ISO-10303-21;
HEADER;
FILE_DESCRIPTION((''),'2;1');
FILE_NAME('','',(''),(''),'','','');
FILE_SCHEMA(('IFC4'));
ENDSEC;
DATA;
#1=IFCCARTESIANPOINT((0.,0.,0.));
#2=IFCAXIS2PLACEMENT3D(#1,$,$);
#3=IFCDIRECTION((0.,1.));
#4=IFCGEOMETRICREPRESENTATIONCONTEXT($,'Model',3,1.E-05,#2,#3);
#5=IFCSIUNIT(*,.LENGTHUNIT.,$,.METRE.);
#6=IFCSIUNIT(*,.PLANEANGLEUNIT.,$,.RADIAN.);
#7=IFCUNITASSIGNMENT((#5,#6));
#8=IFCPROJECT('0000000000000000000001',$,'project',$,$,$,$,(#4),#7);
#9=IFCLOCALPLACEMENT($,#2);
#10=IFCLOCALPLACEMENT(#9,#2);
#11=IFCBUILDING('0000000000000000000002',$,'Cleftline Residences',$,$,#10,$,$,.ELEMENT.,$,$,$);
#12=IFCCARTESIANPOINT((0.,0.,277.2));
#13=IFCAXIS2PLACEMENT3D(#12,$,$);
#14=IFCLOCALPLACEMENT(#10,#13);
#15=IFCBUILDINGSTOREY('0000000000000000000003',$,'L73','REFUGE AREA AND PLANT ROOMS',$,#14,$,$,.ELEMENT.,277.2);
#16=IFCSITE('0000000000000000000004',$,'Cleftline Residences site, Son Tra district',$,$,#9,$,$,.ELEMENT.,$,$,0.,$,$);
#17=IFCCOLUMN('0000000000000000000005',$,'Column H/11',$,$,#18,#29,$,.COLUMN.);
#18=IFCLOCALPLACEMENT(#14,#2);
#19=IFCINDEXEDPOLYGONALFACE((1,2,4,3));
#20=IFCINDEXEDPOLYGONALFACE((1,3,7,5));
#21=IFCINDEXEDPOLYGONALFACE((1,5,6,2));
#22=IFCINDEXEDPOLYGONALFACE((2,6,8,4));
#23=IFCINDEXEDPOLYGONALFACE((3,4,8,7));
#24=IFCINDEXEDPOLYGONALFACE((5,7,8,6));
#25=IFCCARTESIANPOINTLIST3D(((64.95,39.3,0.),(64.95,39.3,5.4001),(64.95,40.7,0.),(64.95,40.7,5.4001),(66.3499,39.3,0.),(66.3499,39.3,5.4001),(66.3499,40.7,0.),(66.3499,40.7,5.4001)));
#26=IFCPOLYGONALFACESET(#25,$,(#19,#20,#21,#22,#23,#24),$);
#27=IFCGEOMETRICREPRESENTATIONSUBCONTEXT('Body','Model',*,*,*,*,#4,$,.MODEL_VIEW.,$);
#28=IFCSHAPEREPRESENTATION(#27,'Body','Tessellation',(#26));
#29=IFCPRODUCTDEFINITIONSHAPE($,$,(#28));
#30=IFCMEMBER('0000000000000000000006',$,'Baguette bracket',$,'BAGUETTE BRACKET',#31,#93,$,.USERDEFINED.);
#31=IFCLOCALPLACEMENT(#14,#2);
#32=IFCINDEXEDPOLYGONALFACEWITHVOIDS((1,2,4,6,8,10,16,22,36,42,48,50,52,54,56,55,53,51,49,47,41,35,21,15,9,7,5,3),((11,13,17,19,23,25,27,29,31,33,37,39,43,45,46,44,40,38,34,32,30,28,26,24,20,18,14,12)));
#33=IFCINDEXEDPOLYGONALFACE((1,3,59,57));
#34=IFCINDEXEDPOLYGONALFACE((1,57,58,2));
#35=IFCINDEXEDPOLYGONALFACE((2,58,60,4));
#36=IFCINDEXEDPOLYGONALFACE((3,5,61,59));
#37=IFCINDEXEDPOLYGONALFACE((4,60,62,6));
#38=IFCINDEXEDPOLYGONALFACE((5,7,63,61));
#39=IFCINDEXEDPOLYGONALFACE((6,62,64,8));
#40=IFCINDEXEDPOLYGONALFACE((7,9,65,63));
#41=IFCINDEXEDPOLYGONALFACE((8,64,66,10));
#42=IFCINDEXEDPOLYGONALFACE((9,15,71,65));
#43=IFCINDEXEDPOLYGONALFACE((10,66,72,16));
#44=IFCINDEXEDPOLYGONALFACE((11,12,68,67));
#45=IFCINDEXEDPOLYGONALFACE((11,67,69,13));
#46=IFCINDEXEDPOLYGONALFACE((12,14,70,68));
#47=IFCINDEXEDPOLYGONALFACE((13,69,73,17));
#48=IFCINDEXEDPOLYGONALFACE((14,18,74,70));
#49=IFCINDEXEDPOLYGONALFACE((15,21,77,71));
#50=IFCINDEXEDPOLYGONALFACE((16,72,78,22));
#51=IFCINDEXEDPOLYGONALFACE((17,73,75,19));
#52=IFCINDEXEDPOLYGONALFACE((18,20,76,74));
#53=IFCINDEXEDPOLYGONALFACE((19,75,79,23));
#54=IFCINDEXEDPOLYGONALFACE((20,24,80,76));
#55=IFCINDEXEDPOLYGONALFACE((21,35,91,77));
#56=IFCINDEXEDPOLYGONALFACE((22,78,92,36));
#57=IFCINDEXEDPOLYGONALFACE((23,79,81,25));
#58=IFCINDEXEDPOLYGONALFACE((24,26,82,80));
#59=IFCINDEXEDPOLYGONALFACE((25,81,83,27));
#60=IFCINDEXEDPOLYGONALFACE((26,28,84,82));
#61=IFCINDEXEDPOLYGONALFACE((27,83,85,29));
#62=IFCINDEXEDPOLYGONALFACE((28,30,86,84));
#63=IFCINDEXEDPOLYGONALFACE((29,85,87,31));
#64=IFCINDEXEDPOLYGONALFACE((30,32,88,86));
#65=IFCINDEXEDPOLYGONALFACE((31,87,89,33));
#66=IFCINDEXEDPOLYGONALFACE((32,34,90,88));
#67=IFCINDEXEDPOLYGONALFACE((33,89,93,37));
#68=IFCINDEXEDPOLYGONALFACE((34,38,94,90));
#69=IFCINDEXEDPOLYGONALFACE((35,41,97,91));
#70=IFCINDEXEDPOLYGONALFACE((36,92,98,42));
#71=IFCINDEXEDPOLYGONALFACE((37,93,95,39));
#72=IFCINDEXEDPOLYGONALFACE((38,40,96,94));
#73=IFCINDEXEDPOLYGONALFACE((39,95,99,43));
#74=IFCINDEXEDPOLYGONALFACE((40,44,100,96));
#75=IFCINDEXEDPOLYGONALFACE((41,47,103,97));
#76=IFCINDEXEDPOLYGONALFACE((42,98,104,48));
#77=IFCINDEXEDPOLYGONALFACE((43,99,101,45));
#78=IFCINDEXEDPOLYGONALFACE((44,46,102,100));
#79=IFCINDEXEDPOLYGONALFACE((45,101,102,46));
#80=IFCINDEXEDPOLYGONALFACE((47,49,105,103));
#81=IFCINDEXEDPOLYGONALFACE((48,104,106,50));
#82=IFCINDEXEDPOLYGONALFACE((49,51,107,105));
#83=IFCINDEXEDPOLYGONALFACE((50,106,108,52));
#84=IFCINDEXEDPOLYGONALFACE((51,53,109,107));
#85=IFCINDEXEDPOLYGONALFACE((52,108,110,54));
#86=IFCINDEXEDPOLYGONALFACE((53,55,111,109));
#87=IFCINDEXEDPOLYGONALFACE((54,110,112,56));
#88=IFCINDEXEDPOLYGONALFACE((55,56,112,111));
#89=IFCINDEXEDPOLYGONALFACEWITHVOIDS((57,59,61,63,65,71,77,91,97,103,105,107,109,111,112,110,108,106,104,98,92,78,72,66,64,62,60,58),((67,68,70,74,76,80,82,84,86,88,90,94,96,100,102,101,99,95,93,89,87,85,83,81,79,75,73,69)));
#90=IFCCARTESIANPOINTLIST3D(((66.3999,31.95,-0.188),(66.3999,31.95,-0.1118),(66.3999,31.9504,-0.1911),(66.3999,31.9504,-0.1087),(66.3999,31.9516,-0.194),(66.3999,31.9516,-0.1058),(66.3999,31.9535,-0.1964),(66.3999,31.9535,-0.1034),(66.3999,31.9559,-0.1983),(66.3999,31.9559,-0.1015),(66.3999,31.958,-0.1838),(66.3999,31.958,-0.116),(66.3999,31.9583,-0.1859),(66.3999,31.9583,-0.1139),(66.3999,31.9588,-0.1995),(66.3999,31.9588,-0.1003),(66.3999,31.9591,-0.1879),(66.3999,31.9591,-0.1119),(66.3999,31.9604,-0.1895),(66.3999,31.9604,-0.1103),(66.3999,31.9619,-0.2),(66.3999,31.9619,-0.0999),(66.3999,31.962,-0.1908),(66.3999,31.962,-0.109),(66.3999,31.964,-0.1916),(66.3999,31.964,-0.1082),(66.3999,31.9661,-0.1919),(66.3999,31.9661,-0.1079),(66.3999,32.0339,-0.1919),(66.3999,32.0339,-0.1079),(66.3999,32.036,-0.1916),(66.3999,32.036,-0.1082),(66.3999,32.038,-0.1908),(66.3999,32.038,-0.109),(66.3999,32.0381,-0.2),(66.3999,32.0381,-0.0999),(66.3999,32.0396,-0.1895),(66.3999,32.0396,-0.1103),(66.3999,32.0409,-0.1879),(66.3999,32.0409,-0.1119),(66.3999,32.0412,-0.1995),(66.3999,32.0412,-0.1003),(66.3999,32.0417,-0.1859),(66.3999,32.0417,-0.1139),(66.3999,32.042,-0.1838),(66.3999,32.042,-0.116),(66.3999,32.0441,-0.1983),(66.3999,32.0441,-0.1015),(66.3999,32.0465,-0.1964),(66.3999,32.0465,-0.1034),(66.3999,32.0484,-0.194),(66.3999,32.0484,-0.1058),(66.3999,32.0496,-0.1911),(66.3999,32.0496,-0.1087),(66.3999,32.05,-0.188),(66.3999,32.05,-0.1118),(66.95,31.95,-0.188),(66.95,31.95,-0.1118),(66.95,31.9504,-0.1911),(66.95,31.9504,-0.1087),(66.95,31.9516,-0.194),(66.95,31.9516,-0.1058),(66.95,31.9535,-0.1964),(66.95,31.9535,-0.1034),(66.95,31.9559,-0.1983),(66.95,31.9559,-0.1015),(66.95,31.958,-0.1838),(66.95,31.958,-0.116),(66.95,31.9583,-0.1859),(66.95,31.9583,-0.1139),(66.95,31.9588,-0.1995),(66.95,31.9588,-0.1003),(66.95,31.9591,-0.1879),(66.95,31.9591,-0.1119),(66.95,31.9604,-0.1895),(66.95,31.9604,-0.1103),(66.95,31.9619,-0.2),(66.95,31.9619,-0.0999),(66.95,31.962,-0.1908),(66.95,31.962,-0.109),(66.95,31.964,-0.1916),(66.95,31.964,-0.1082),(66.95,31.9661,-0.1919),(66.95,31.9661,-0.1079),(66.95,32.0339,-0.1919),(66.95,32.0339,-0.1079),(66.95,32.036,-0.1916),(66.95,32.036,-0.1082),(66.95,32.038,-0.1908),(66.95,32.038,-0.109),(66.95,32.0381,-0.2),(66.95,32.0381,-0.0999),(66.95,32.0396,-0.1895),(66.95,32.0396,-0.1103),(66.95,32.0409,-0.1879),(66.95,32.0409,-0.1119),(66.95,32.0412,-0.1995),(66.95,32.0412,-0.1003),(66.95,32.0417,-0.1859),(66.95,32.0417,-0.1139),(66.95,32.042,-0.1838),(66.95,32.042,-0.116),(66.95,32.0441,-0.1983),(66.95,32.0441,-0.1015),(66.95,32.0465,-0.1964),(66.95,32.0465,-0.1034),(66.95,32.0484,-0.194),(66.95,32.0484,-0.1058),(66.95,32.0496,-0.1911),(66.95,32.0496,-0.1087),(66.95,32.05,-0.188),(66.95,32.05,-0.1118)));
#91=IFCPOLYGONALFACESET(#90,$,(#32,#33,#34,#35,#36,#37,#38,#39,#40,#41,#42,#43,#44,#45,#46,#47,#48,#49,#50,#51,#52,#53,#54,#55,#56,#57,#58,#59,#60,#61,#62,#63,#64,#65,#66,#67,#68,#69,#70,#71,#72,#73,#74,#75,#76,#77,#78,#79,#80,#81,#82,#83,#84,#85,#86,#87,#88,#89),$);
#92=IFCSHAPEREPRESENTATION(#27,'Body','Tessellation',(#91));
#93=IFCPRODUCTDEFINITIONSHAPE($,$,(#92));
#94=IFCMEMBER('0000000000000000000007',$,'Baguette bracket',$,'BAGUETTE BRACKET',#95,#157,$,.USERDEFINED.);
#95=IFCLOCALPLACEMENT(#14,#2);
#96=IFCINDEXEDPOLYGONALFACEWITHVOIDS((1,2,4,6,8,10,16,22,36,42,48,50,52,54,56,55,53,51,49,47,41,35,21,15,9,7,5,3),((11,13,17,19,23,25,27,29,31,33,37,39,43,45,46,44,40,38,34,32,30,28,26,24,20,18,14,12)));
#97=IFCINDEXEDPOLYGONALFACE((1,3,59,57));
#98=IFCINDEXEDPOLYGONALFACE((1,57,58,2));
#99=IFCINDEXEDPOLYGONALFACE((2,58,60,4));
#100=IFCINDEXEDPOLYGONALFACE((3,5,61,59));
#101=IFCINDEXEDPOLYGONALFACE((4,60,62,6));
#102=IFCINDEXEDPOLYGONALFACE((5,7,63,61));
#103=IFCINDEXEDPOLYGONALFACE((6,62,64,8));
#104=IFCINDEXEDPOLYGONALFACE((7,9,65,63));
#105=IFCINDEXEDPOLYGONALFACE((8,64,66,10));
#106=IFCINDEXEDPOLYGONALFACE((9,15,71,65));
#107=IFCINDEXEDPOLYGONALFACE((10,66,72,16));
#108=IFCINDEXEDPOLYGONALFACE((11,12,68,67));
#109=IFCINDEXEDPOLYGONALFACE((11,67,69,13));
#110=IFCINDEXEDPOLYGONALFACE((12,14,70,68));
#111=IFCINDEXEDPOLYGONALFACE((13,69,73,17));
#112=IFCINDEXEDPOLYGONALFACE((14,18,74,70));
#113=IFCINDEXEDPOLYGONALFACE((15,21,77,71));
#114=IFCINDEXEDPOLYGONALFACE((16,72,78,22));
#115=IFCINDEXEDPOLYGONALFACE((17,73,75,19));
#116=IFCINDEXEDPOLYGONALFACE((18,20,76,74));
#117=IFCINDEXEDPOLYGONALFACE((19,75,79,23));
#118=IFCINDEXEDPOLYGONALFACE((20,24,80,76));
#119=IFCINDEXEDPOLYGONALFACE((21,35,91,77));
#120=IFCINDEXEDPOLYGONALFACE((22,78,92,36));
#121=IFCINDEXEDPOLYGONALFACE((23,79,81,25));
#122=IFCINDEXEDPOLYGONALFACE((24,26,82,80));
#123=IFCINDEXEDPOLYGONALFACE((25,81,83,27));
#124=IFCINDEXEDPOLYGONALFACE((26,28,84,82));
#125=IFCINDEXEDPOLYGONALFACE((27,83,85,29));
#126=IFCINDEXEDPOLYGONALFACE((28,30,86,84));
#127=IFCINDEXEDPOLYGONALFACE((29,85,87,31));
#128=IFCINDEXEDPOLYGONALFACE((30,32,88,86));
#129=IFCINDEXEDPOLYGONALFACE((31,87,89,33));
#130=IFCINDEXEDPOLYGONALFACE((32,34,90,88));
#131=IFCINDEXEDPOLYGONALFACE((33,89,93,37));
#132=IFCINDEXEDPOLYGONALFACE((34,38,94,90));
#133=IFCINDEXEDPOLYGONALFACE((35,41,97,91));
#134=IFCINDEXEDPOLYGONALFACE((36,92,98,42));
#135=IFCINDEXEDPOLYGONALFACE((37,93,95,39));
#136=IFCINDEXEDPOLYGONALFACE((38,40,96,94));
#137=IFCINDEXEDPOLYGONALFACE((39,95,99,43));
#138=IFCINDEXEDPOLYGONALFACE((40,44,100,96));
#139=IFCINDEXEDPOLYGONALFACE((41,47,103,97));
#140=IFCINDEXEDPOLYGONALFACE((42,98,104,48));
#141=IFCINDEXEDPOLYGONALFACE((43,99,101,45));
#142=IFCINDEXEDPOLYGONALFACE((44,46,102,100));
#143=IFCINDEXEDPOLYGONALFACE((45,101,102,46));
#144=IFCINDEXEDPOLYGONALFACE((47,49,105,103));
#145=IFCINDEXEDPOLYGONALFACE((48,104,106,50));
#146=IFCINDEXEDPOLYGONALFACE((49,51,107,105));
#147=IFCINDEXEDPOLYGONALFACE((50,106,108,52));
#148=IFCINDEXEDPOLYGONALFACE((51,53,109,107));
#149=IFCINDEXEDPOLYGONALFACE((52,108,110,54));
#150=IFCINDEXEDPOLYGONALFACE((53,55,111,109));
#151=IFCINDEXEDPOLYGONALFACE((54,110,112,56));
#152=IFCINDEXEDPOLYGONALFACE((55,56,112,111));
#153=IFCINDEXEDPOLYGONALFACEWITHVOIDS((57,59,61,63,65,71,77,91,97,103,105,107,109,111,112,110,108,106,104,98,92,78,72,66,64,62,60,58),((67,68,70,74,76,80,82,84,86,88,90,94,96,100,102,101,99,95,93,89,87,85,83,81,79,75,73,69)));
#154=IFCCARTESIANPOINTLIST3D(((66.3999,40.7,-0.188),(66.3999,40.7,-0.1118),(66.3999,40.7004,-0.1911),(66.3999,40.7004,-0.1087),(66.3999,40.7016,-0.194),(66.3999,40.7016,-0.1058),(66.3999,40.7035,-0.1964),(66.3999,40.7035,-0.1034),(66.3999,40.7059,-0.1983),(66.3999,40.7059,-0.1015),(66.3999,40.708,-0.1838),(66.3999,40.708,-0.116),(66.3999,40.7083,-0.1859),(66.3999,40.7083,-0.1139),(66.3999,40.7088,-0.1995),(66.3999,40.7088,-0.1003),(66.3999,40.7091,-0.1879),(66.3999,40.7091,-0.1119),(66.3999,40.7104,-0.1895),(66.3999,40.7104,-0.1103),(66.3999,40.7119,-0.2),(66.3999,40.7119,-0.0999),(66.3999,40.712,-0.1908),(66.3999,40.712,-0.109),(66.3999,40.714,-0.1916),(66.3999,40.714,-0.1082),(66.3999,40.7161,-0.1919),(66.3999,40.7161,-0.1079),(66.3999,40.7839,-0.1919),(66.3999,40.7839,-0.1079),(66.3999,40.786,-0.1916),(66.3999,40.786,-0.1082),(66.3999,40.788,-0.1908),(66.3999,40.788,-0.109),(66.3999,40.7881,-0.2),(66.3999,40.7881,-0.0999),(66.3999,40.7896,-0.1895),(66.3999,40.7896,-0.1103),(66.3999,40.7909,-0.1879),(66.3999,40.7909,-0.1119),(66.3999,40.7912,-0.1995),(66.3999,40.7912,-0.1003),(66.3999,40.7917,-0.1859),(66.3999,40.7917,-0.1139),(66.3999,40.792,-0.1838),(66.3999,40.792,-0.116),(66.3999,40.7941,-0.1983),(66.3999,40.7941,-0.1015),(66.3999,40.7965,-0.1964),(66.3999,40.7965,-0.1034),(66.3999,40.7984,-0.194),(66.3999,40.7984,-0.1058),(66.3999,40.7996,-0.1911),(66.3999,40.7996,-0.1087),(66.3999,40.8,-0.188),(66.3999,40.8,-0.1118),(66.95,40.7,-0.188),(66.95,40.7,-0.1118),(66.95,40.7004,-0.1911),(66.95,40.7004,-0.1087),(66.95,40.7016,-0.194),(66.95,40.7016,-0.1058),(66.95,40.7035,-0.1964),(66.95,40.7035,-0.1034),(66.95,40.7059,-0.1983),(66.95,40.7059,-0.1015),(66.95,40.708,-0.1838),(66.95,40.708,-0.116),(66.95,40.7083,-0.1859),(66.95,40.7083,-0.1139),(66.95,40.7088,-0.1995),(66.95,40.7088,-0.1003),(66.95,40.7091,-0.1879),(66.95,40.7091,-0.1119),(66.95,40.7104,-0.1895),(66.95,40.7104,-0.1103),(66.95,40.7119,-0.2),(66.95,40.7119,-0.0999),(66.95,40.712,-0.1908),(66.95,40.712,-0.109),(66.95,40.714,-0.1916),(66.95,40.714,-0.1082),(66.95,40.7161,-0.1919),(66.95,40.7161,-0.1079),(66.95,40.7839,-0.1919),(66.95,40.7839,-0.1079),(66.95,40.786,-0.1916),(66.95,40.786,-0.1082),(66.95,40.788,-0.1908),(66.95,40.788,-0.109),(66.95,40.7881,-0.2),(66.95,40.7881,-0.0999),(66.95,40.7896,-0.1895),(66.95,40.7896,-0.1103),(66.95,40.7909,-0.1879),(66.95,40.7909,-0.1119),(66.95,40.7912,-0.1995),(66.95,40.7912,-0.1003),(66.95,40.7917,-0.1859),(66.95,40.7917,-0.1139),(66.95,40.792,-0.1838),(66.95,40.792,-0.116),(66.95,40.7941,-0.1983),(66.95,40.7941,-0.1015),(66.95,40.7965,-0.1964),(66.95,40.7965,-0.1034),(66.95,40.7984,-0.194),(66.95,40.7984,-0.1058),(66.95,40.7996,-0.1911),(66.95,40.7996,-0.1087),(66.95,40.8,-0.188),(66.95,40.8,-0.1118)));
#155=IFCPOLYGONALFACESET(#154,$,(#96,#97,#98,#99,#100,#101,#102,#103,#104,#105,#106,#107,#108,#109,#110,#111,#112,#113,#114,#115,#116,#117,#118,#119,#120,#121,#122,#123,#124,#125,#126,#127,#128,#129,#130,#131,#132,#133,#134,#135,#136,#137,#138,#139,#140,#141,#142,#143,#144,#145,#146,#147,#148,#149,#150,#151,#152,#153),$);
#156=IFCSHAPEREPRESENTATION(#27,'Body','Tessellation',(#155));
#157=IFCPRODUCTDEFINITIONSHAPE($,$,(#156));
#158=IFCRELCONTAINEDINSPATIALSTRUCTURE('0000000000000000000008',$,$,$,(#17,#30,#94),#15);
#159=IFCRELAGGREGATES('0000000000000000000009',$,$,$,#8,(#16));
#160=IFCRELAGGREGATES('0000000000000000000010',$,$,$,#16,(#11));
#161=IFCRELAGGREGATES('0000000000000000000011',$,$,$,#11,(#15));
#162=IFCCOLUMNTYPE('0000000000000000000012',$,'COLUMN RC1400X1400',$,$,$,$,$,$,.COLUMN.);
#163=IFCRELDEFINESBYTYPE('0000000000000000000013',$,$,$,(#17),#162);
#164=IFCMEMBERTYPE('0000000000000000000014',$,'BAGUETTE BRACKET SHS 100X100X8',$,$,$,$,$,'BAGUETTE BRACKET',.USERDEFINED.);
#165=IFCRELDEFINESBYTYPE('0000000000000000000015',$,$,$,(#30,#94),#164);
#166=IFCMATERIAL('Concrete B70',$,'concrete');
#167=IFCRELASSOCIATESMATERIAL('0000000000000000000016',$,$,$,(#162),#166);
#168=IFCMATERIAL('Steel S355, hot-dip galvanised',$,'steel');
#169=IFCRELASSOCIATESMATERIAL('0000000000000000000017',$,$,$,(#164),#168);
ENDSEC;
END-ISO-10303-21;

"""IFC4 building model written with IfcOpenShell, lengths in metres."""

from ifc_helpers import new_model, si_unit, direction, frame, origin, origin_2d, place, context, subcontext, project, spatial, rectangle, hollow_rectangle, extrude, material, material_profile, profile_set, type_object, element, save


model = new_model("IFC4")

# Units and contexts
model_context = context("Model", 3, precision=1e-05, world=origin(), true_north=direction((0.0, 1.0)))
body_context = subcontext(model_context, "Body", "Model", "MODEL_VIEW")
ifc_project = project(units=[si_unit("LENGTHUNIT", "METRE"), si_unit("PLANEANGLEUNIT", "RADIAN")], contexts=[model_context])

# Site, building, storey
site_placement = place(None, origin())
site = spatial("IfcSite", under=ifc_project, at=site_placement, Name="Cleftline Residences site, Son Tra district", CompositionType="ELEMENT", RefElevation=0.0)
building_placement = place(site_placement, origin())
building = spatial("IfcBuilding", under=site, at=building_placement, Name="Cleftline Residences", CompositionType="ELEMENT")
storey_placement = place(building_placement, frame((0.0, 0.0, 277.2)))
storey = spatial("IfcBuildingStorey", under=building, at=storey_placement, Name="L73", Description="REFUGE AREA AND PLANT ROOMS", CompositionType="ELEMENT", Elevation=277.2)

# Column
ifc_material_1 = material(Name="Concrete B70", Category="concrete")
ifc_material_profile_1 = material_profile(ifc_material_1, rectangle(XDim=1.3999, YDim=1.3999, at=origin_2d()))
ifc_profile_set_1 = profile_set([ifc_material_profile_1], Name="Concrete B70")
column_type = type_object("IfcColumnType", Name="COLUMN RC1400X1400", PredefinedType="COLUMN", material=ifc_profile_set_1)
column_placement = place(storey_placement, frame((65.6499, 40.0, 0.0), z_axis=(0.0, 0.0, 1.0), x_axis=(1.0, 0.0, 0.0)))
element("IfcColumn", 1, at=column_placement, inside=storey, type_object=column_type, Name="Column H/11", PredefinedType="COLUMN", context=body_context, shape_type="SweptSolid", body=[
    extrude(rectangle(XDim=1.3999, YDim=1.3999, at=origin_2d()), origin(), (0.0, 0.0, 1.0), 5.4001),
])

# Members
ifc_material_2 = material(Name="Steel S355, hot-dip galvanised", Category="steel")
ifc_material_profile_2 = material_profile(ifc_material_2, hollow_rectangle(XDim=0.1001, YDim=0.1001, WallThickness=0.0081, InnerFilletRadius=0.0081, OuterFilletRadius=0.012, at=origin_2d()))
ifc_profile_set_2 = profile_set([ifc_material_profile_2], Name="Steel S355, hot-dip galvanised")
member_type_1 = type_object("IfcMemberType", Name="BAGUETTE BRACKET SHS 100X100X8", ElementType="BAGUETTE BRACKET", PredefinedType="USERDEFINED", material=ifc_profile_set_2)
for number, where, z_axis, x_axis, name in (
    (2, (66.3999, 32.0, -0.1499), (1.0, 0.0, 0.0), (0.0, 1.0, 0.0), "Baguette bracket"),
    (3, (66.3999, 40.75, -0.1499), (1.0, 0.0, 0.0), (0.0, 1.0, 0.0), "Baguette bracket"),
):
    element("IfcMember", number, at=place(storey_placement, frame(where, z_axis=z_axis, x_axis=x_axis)), inside=storey, type_object=member_type_1, Name=name, ObjectType="BAGUETTE BRACKET", PredefinedType="USERDEFINED", context=body_context, shape_type="SweptSolid", body=[
        extrude(hollow_rectangle(XDim=0.1001, YDim=0.1001, WallThickness=0.0081, InnerFilletRadius=0.0081, OuterFilletRadius=0.012, at=origin_2d()), origin(), (0.0, 0.0, 1.0), 0.55),
    ])

save(model, "model.ifc")
